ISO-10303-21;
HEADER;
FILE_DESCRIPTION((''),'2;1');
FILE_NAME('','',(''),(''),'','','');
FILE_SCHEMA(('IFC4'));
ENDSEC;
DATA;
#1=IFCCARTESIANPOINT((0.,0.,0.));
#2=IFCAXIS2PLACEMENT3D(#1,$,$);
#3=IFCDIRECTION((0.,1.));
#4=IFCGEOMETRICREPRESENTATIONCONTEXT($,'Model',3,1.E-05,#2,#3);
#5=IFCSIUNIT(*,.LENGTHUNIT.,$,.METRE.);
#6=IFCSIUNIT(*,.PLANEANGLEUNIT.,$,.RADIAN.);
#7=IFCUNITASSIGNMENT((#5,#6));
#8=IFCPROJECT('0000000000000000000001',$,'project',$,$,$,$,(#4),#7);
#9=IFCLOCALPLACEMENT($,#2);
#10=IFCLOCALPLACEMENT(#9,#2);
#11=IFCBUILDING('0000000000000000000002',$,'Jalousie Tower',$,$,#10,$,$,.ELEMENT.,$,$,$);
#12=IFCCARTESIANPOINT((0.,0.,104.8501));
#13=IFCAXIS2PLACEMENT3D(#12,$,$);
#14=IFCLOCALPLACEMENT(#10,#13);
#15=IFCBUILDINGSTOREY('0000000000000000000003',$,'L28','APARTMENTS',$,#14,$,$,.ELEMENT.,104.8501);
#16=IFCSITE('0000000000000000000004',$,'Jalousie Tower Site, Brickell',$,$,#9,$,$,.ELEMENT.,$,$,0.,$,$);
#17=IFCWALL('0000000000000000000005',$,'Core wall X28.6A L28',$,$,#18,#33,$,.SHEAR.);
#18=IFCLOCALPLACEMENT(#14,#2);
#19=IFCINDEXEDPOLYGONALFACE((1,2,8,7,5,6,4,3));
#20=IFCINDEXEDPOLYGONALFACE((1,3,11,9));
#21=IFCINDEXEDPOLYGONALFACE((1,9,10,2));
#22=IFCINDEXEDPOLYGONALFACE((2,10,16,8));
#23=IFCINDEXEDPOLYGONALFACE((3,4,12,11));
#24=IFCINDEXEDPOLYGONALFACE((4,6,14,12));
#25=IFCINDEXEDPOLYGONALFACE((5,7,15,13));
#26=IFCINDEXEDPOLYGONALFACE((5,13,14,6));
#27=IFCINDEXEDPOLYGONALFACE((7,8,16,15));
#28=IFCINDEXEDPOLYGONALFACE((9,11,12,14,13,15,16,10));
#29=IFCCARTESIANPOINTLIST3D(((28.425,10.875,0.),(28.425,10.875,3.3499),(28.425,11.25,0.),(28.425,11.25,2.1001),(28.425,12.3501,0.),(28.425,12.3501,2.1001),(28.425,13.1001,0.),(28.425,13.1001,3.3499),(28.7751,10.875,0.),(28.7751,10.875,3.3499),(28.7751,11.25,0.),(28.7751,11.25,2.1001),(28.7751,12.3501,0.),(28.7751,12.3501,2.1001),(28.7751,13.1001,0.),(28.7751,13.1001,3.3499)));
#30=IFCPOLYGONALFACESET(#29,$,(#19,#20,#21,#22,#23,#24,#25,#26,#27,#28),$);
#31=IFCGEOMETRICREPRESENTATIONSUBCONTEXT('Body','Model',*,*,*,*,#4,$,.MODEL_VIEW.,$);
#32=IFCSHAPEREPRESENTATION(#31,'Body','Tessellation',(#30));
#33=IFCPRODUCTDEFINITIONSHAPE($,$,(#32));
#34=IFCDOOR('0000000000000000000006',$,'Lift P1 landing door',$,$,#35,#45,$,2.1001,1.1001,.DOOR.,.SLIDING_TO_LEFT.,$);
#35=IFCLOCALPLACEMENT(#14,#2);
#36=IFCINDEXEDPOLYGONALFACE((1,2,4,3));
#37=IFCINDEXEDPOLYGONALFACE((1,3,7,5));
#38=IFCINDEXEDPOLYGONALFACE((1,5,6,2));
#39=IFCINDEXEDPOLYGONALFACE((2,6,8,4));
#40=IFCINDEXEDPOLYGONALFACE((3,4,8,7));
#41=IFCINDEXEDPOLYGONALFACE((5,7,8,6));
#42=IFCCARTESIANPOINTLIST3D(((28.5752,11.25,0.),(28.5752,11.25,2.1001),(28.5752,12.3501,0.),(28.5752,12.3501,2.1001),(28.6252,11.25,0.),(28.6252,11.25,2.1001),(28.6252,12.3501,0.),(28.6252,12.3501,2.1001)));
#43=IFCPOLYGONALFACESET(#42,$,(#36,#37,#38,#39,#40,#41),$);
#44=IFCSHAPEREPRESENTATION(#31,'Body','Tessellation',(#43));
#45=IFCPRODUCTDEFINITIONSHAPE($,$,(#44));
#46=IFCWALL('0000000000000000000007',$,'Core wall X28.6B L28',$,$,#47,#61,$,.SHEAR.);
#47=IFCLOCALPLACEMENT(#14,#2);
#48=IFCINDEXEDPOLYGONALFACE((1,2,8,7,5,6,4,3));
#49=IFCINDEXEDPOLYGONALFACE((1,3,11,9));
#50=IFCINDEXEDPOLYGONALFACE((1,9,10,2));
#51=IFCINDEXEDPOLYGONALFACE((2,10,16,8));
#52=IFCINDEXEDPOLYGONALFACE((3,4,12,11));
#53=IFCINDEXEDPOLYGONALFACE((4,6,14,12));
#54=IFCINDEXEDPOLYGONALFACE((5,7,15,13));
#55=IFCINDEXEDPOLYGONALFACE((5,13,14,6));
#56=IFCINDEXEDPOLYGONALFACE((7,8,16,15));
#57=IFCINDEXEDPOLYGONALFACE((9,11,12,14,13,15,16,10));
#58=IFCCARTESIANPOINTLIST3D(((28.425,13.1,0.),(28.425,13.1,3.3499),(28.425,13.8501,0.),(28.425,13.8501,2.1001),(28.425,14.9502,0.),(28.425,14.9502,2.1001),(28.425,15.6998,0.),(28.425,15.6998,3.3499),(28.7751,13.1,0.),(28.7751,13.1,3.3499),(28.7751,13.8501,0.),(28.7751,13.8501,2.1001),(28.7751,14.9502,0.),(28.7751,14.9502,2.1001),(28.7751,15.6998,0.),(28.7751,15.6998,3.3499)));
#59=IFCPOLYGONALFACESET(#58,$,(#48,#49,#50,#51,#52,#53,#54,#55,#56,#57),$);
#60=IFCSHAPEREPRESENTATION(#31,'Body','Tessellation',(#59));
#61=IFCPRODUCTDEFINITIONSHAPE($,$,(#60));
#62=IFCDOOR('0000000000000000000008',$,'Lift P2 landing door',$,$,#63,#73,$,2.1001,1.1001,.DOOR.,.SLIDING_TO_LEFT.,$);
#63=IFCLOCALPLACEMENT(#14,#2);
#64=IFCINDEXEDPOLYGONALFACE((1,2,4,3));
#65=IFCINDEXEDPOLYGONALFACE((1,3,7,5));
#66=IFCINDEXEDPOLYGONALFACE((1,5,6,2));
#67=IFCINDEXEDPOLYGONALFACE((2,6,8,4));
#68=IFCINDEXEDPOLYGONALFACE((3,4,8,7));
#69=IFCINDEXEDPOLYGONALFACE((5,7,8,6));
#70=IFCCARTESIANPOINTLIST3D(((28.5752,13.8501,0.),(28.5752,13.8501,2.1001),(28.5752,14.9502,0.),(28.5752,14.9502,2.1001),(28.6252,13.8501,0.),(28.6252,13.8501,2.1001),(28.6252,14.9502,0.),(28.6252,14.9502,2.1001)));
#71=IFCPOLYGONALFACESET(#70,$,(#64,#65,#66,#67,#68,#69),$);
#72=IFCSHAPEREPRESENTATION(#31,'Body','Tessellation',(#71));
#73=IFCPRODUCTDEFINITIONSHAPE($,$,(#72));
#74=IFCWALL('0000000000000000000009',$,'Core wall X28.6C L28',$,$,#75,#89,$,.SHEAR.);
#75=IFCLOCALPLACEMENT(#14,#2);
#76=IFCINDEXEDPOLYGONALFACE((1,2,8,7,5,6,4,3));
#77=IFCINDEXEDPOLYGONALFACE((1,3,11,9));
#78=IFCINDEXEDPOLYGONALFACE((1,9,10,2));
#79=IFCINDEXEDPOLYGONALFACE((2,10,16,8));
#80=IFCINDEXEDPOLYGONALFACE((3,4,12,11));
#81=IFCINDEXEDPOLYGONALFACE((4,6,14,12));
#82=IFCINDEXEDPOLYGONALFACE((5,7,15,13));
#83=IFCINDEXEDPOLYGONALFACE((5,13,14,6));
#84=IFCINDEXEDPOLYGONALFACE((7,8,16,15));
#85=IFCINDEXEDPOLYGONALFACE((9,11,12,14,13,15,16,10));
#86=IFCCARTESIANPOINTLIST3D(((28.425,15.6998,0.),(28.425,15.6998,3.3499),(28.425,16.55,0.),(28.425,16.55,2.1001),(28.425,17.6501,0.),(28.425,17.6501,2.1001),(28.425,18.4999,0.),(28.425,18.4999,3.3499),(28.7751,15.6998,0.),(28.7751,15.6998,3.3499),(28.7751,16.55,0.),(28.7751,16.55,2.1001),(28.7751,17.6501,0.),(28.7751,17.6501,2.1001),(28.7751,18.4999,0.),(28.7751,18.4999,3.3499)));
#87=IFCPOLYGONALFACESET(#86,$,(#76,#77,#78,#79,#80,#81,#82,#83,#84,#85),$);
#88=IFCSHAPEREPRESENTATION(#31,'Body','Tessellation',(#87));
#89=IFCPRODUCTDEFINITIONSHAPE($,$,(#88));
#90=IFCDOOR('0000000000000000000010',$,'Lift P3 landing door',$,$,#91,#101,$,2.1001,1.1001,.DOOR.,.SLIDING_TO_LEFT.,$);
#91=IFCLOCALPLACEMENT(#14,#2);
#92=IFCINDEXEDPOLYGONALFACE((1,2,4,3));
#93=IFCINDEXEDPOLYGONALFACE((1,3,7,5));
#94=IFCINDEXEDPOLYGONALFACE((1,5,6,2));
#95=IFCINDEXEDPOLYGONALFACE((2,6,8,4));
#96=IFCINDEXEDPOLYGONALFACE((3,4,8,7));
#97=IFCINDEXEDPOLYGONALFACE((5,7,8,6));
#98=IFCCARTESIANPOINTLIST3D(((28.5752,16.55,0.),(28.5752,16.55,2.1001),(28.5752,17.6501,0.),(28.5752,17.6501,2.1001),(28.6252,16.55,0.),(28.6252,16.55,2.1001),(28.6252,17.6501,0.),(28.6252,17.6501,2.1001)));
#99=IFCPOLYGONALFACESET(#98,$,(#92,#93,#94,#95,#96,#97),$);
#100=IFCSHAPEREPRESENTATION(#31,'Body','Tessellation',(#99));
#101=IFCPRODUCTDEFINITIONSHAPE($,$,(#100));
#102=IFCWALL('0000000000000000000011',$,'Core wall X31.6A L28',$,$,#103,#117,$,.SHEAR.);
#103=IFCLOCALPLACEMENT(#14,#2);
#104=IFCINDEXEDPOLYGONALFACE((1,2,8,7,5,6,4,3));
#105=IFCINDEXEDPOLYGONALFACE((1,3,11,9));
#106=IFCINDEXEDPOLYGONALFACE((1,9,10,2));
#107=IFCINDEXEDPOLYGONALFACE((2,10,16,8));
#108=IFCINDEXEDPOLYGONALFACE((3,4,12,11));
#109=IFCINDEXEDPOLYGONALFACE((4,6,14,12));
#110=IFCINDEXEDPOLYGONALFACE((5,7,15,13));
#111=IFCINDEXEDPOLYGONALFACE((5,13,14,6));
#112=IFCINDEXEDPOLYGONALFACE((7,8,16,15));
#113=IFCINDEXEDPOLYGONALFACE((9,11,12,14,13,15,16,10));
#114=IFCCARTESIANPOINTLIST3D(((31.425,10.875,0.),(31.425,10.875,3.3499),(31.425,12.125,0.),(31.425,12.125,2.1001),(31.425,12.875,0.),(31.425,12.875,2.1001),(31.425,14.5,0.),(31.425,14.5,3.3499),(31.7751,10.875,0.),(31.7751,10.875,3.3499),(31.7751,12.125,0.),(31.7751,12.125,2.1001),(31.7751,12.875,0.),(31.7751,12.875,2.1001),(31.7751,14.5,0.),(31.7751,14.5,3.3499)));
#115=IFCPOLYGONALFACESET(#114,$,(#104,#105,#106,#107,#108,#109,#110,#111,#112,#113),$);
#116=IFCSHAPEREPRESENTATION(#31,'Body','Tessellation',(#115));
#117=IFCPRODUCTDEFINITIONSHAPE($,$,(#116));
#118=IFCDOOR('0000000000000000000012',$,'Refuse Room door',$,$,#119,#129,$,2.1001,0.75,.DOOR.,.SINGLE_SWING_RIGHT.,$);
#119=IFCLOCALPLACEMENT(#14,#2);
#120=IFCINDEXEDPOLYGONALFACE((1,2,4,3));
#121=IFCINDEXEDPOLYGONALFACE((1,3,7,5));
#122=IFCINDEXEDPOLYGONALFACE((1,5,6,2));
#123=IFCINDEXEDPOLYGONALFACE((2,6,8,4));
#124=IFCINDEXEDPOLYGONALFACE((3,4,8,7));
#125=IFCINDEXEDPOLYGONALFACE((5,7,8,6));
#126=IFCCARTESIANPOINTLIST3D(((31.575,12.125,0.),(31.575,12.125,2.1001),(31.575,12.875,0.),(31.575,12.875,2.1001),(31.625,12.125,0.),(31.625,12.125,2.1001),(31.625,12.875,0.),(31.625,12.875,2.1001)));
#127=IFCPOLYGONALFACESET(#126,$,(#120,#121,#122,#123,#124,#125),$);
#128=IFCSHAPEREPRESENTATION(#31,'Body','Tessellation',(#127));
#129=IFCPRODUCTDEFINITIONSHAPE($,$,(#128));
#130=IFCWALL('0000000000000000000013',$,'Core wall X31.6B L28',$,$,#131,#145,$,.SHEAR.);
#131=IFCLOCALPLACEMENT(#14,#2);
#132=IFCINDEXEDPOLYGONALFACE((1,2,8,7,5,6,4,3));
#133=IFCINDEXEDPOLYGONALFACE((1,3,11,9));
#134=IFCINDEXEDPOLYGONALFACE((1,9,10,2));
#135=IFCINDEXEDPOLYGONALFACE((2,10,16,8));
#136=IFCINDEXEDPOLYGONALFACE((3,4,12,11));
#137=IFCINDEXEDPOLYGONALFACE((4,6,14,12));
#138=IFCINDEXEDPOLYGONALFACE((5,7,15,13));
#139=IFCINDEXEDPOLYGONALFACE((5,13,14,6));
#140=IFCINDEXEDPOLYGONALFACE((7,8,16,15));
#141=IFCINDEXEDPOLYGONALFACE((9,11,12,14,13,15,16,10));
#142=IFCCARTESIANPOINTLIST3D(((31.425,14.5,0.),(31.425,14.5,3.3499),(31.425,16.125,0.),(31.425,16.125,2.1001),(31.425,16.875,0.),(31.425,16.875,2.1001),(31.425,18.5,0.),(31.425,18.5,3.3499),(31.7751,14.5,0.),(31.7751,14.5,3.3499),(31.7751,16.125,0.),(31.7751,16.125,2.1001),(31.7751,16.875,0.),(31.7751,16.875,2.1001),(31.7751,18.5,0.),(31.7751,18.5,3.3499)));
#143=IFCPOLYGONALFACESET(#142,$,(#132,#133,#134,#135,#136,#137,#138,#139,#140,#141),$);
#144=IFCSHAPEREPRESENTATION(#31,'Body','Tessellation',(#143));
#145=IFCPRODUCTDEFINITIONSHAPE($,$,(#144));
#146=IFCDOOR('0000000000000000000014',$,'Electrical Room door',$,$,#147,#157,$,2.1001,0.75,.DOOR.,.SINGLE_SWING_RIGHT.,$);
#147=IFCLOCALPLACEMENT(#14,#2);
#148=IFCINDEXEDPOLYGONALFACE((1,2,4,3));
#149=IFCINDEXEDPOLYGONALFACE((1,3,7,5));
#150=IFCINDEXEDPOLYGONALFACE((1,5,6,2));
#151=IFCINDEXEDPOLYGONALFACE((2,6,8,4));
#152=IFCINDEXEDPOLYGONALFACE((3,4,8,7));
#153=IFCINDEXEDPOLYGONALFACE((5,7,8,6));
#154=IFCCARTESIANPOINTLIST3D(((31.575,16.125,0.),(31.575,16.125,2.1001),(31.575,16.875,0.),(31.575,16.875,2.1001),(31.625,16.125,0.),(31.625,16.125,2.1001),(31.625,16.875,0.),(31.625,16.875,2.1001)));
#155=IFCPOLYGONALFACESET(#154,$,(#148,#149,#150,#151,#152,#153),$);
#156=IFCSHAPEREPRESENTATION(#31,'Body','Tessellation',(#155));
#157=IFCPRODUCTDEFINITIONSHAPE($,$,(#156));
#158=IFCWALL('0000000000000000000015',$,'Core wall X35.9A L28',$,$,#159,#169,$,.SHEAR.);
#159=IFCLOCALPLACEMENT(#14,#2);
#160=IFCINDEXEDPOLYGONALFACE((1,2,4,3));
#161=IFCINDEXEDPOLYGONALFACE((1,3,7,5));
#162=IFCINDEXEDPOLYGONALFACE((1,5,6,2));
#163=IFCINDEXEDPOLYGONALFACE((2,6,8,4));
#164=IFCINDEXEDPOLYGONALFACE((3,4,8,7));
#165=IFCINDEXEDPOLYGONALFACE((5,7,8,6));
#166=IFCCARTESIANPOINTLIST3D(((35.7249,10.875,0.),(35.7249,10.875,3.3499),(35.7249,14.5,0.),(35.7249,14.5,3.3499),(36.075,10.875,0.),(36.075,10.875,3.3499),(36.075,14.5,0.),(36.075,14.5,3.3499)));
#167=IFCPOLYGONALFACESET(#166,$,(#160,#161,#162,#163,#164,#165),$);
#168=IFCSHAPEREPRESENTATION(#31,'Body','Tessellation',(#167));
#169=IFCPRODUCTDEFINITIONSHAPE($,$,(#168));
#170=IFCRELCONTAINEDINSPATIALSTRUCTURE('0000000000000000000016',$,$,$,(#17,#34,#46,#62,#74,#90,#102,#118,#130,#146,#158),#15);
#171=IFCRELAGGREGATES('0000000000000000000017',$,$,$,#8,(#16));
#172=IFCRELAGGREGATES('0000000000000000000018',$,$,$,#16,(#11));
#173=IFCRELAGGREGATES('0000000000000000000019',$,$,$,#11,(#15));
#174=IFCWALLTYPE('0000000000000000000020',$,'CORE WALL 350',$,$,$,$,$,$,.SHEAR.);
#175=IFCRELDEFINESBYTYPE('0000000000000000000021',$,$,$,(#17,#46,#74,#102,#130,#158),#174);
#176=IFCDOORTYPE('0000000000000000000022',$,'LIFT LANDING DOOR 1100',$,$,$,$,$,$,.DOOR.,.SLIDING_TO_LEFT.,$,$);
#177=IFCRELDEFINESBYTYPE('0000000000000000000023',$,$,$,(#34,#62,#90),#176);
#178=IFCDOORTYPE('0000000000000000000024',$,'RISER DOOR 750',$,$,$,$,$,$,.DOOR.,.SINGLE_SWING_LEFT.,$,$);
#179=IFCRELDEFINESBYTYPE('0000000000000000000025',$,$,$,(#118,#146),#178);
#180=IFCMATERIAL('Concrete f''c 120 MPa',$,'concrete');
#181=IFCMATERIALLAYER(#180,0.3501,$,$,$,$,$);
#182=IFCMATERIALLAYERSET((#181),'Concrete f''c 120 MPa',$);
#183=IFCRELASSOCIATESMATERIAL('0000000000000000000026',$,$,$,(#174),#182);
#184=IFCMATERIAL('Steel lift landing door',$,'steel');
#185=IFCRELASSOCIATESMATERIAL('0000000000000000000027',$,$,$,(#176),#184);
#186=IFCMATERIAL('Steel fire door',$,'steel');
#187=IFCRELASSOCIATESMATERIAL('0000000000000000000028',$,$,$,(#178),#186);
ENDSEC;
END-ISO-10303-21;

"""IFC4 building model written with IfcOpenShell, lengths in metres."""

from ifc_helpers import new_model, si_unit, direction, frame, frame_2d, origin, place, context, subcontext, project, spatial, rectangle, extrude, material, layer, layer_set, type_object, element, fill, save


model = new_model("IFC4")

# Units and contexts
model_context = context("Model", 3, precision=1e-05, world=origin(), true_north=direction((0.0, 1.0)))
body_context = subcontext(model_context, "Body", "Model", "MODEL_VIEW")
ifc_project = project(units=[si_unit("LENGTHUNIT", "METRE"), si_unit("PLANEANGLEUNIT", "RADIAN")], contexts=[model_context])

# Site, building, storey
site_placement = place(None, origin())
site = spatial("IfcSite", under=ifc_project, at=site_placement, Name="Jalousie Tower Site, Brickell", CompositionType="ELEMENT", RefElevation=0.0)
building_placement = place(site_placement, origin())
building = spatial("IfcBuilding", under=site, at=building_placement, Name="Jalousie Tower", CompositionType="ELEMENT")
storey_placement = place(building_placement, frame((0.0, 0.0, 104.8501)))
storey = spatial("IfcBuildingStorey", under=building, at=storey_placement, Name="L28", Description="APARTMENTS", CompositionType="ELEMENT", Elevation=104.8501)

# Walls, openings, doors
ifc_material_1 = material(Name="Concrete f'c 120 MPa", Category="concrete")
ifc_layer = layer(ifc_material_1, 0.3501)
ifc_layer_set = layer_set([ifc_layer], Name="Concrete f'c 120 MPa")
wall_type = type_object("IfcWallType", Name="CORE WALL 350", PredefinedType="SHEAR", material=ifc_layer_set)
wall_1_placement = place(storey_placement, frame((28.6001, 10.875, 0.0), z_axis=(0.0, 0.0, 1.0), x_axis=(0.0, 1.0, 0.0)))
wall_1 = element("IfcWall", 1, at=wall_1_placement, inside=storey, type_object=wall_type, Name="Core wall X28.6A L28", PredefinedType="SHEAR", context=body_context, shape_type="SweptSolid", body=[
    extrude(rectangle(XDim=2.2251, YDim=0.3501, at=frame_2d((1.1125, 0.0))), origin(), (0.0, 0.0, 1.0), 3.3499),
])
opening_1_placement = place(wall_1_placement, frame((0.375, 0.0, 0.0)))
opening_1 = element("IfcOpeningElement", 2, at=opening_1_placement, cuts=wall_1, PredefinedType="OPENING", context=body_context, shape_type="SweptSolid", body=[
    extrude(rectangle(XDim=1.1001, YDim=2.1001, at=frame_2d((0.55, 1.05))), frame((0.0, 0.1851, 0.0), z_axis=(0.0, -1.0, 0.0), x_axis=(1.0, 0.0, 0.0)), (0.0, 0.0, 1.0), 0.3701),
])
ifc_material_2 = material(Name="Steel lift landing door", Category="steel")
door_type_1 = type_object("IfcDoorType", Name="LIFT LANDING DOOR 1100", OperationType="SLIDING_TO_LEFT", PredefinedType="DOOR", material=ifc_material_2)
door_1_placement = place(opening_1_placement, origin())
door_1 = element("IfcDoor", 3, at=door_1_placement, inside=storey, type_object=door_type_1, Name="Lift P1 landing door", OperationType="SLIDING_TO_LEFT", OverallHeight=2.1001, OverallWidth=1.1001, PredefinedType="DOOR", context=body_context, shape_type="SweptSolid", body=[
    extrude(rectangle(XDim=1.1001, YDim=2.1001, at=frame_2d((0.55, 1.05))), frame((0.0, 0.0249, 0.0), z_axis=(0.0, -1.0, 0.0), x_axis=(1.0, 0.0, 0.0)), (0.0, 0.0, 1.0), 0.05),
])
fill(opening_1, door_1)
wall_2_placement = place(storey_placement, frame((28.6001, 13.1001, 0.0), z_axis=(0.0, 0.0, 1.0), x_axis=(0.0, 1.0, 0.0)))
wall_2 = element("IfcWall", 4, at=wall_2_placement, inside=storey, type_object=wall_type, Name="Core wall X28.6B L28", PredefinedType="SHEAR", context=body_context, shape_type="SweptSolid", body=[
    extrude(rectangle(XDim=2.5999, YDim=0.3501, at=frame_2d((1.2998, 0.0))), origin(), (0.0, 0.0, 1.0), 3.3499),
])
opening_2_placement = place(wall_2_placement, frame((0.75, 0.0, 0.0)))
opening_2 = element("IfcOpeningElement", 5, at=opening_2_placement, cuts=wall_2, PredefinedType="OPENING", context=body_context, shape_type="SweptSolid", body=[
    extrude(rectangle(XDim=1.1001, YDim=2.1001, at=frame_2d((0.55, 1.05))), frame((0.0, 0.1851, 0.0), z_axis=(0.0, -1.0, 0.0), x_axis=(1.0, 0.0, 0.0)), (0.0, 0.0, 1.0), 0.3701),
])
door_2_placement = place(opening_2_placement, origin())
door_2 = element("IfcDoor", 6, at=door_2_placement, inside=storey, type_object=door_type_1, Name="Lift P2 landing door", OperationType="SLIDING_TO_LEFT", OverallHeight=2.1001, OverallWidth=1.1001, PredefinedType="DOOR", context=body_context, shape_type="SweptSolid", body=[
    extrude(rectangle(XDim=1.1001, YDim=2.1001, at=frame_2d((0.55, 1.05))), frame((0.0, 0.0249, 0.0), z_axis=(0.0, -1.0, 0.0), x_axis=(1.0, 0.0, 0.0)), (0.0, 0.0, 1.0), 0.05),
])
fill(opening_2, door_2)
wall_3_placement = place(storey_placement, frame((28.6001, 15.7, 0.0), z_axis=(0.0, 0.0, 1.0), x_axis=(0.0, 1.0, 0.0)))
wall_3 = element("IfcWall", 7, at=wall_3_placement, inside=storey, type_object=wall_type, Name="Core wall X28.6C L28", PredefinedType="SHEAR", context=body_context, shape_type="SweptSolid", body=[
    extrude(rectangle(XDim=2.8, YDim=0.3501, at=frame_2d((1.3999, 0.0))), origin(), (0.0, 0.0, 1.0), 3.3499),
])
opening_3_placement = place(wall_3_placement, frame((0.8501, 0.0, 0.0)))
opening_3 = element("IfcOpeningElement", 8, at=opening_3_placement, cuts=wall_3, PredefinedType="OPENING", context=body_context, shape_type="SweptSolid", body=[
    extrude(rectangle(XDim=1.1001, YDim=2.1001, at=frame_2d((0.55, 1.05))), frame((0.0, 0.1851, 0.0), z_axis=(0.0, -1.0, 0.0), x_axis=(1.0, 0.0, 0.0)), (0.0, 0.0, 1.0), 0.3701),
])
door_3_placement = place(opening_3_placement, origin())
door_3 = element("IfcDoor", 9, at=door_3_placement, inside=storey, type_object=door_type_1, Name="Lift P3 landing door", OperationType="SLIDING_TO_LEFT", OverallHeight=2.1001, OverallWidth=1.1001, PredefinedType="DOOR", context=body_context, shape_type="SweptSolid", body=[
    extrude(rectangle(XDim=1.1001, YDim=2.1001, at=frame_2d((0.55, 1.05))), frame((0.0, 0.0249, 0.0), z_axis=(0.0, -1.0, 0.0), x_axis=(1.0, 0.0, 0.0)), (0.0, 0.0, 1.0), 0.05),
])
fill(opening_3, door_3)
wall_4_placement = place(storey_placement, frame((31.6001, 10.875, 0.0), z_axis=(0.0, 0.0, 1.0), x_axis=(0.0, 1.0, 0.0)))
wall_4 = element("IfcWall", 10, at=wall_4_placement, inside=storey, type_object=wall_type, Name="Core wall X31.6A L28", PredefinedType="SHEAR", context=body_context, shape_type="SweptSolid", body=[
    extrude(rectangle(XDim=3.625, YDim=0.3501, at=frame_2d((1.8125, 0.0))), origin(), (0.0, 0.0, 1.0), 3.3499),
])
opening_4_placement = place(wall_4_placement, frame((1.25, 0.0, 0.0)))
opening_4 = element("IfcOpeningElement", 11, at=opening_4_placement, cuts=wall_4, PredefinedType="OPENING", context=body_context, shape_type="SweptSolid", body=[
    extrude(rectangle(XDim=0.75, YDim=2.1001, at=frame_2d((0.375, 1.05))), frame((0.0, 0.1851, 0.0), z_axis=(0.0, -1.0, 0.0), x_axis=(1.0, 0.0, 0.0)), (0.0, 0.0, 1.0), 0.3701),
])
ifc_material_3 = material(Name="Steel fire door", Category="steel")
door_type_2 = type_object("IfcDoorType", Name="RISER DOOR 750", OperationType="SINGLE_SWING_LEFT", PredefinedType="DOOR", material=ifc_material_3)
door_4_placement = place(opening_4_placement, frame((0.75, 0.0, 0.0), z_axis=(0.0, 0.0, 1.0), x_axis=(-1.0, 0.0, 0.0)))
door_4 = element("IfcDoor", 12, at=door_4_placement, inside=storey, type_object=door_type_2, Name="Refuse Room door", OperationType="SINGLE_SWING_RIGHT", OverallHeight=2.1001, OverallWidth=0.75, PredefinedType="DOOR", context=body_context, shape_type="SweptSolid", body=[
    extrude(rectangle(XDim=0.75, YDim=2.1001, at=frame_2d((0.375, 1.05))), frame((0.0, 0.0249, 0.0), z_axis=(0.0, -1.0, 0.0), x_axis=(1.0, 0.0, 0.0)), (0.0, 0.0, 1.0), 0.05),
])
fill(opening_4, door_4)
wall_5_placement = place(storey_placement, frame((31.6001, 14.5, 0.0), z_axis=(0.0, 0.0, 1.0), x_axis=(0.0, 1.0, 0.0)))
wall_5 = element("IfcWall", 13, at=wall_5_placement, inside=storey, type_object=wall_type, Name="Core wall X31.6B L28", PredefinedType="SHEAR", context=body_context, shape_type="SweptSolid", body=[
    extrude(rectangle(XDim=4.0, YDim=0.3501, at=frame_2d((2.0, 0.0))), origin(), (0.0, 0.0, 1.0), 3.3499),
])
opening_5_placement = place(wall_5_placement, frame((1.625, 0.0, 0.0)))
opening_5 = element("IfcOpeningElement", 14, at=opening_5_placement, cuts=wall_5, PredefinedType="OPENING", context=body_context, shape_type="SweptSolid", body=[
    extrude(rectangle(XDim=0.75, YDim=2.1001, at=frame_2d((0.375, 1.05))), frame((0.0, 0.1851, 0.0), z_axis=(0.0, -1.0, 0.0), x_axis=(1.0, 0.0, 0.0)), (0.0, 0.0, 1.0), 0.3701),
])
door_5_placement = place(opening_5_placement, frame((0.75, 0.0, 0.0), z_axis=(0.0, 0.0, 1.0), x_axis=(-1.0, 0.0, 0.0)))
door_5 = element("IfcDoor", 15, at=door_5_placement, inside=storey, type_object=door_type_2, Name="Electrical Room door", OperationType="SINGLE_SWING_RIGHT", OverallHeight=2.1001, OverallWidth=0.75, PredefinedType="DOOR", context=body_context, shape_type="SweptSolid", body=[
    extrude(rectangle(XDim=0.75, YDim=2.1001, at=frame_2d((0.375, 1.05))), frame((0.0, 0.0249, 0.0), z_axis=(0.0, -1.0, 0.0), x_axis=(1.0, 0.0, 0.0)), (0.0, 0.0, 1.0), 0.05),
])
fill(opening_5, door_5)

# Wall
wall_6_placement = place(storey_placement, frame((35.8999, 10.875, 0.0), z_axis=(0.0, 0.0, 1.0), x_axis=(0.0, 1.0, 0.0)))
element("IfcWall", 16, at=wall_6_placement, inside=storey, type_object=wall_type, Name="Core wall X35.9A L28", PredefinedType="SHEAR", context=body_context, shape_type="SweptSolid", body=[
    extrude(rectangle(XDim=3.625, YDim=0.3501, at=frame_2d((1.8125, 0.0))), origin(), (0.0, 0.0, 1.0), 3.3499),
])

save(model, "model.ifc")
